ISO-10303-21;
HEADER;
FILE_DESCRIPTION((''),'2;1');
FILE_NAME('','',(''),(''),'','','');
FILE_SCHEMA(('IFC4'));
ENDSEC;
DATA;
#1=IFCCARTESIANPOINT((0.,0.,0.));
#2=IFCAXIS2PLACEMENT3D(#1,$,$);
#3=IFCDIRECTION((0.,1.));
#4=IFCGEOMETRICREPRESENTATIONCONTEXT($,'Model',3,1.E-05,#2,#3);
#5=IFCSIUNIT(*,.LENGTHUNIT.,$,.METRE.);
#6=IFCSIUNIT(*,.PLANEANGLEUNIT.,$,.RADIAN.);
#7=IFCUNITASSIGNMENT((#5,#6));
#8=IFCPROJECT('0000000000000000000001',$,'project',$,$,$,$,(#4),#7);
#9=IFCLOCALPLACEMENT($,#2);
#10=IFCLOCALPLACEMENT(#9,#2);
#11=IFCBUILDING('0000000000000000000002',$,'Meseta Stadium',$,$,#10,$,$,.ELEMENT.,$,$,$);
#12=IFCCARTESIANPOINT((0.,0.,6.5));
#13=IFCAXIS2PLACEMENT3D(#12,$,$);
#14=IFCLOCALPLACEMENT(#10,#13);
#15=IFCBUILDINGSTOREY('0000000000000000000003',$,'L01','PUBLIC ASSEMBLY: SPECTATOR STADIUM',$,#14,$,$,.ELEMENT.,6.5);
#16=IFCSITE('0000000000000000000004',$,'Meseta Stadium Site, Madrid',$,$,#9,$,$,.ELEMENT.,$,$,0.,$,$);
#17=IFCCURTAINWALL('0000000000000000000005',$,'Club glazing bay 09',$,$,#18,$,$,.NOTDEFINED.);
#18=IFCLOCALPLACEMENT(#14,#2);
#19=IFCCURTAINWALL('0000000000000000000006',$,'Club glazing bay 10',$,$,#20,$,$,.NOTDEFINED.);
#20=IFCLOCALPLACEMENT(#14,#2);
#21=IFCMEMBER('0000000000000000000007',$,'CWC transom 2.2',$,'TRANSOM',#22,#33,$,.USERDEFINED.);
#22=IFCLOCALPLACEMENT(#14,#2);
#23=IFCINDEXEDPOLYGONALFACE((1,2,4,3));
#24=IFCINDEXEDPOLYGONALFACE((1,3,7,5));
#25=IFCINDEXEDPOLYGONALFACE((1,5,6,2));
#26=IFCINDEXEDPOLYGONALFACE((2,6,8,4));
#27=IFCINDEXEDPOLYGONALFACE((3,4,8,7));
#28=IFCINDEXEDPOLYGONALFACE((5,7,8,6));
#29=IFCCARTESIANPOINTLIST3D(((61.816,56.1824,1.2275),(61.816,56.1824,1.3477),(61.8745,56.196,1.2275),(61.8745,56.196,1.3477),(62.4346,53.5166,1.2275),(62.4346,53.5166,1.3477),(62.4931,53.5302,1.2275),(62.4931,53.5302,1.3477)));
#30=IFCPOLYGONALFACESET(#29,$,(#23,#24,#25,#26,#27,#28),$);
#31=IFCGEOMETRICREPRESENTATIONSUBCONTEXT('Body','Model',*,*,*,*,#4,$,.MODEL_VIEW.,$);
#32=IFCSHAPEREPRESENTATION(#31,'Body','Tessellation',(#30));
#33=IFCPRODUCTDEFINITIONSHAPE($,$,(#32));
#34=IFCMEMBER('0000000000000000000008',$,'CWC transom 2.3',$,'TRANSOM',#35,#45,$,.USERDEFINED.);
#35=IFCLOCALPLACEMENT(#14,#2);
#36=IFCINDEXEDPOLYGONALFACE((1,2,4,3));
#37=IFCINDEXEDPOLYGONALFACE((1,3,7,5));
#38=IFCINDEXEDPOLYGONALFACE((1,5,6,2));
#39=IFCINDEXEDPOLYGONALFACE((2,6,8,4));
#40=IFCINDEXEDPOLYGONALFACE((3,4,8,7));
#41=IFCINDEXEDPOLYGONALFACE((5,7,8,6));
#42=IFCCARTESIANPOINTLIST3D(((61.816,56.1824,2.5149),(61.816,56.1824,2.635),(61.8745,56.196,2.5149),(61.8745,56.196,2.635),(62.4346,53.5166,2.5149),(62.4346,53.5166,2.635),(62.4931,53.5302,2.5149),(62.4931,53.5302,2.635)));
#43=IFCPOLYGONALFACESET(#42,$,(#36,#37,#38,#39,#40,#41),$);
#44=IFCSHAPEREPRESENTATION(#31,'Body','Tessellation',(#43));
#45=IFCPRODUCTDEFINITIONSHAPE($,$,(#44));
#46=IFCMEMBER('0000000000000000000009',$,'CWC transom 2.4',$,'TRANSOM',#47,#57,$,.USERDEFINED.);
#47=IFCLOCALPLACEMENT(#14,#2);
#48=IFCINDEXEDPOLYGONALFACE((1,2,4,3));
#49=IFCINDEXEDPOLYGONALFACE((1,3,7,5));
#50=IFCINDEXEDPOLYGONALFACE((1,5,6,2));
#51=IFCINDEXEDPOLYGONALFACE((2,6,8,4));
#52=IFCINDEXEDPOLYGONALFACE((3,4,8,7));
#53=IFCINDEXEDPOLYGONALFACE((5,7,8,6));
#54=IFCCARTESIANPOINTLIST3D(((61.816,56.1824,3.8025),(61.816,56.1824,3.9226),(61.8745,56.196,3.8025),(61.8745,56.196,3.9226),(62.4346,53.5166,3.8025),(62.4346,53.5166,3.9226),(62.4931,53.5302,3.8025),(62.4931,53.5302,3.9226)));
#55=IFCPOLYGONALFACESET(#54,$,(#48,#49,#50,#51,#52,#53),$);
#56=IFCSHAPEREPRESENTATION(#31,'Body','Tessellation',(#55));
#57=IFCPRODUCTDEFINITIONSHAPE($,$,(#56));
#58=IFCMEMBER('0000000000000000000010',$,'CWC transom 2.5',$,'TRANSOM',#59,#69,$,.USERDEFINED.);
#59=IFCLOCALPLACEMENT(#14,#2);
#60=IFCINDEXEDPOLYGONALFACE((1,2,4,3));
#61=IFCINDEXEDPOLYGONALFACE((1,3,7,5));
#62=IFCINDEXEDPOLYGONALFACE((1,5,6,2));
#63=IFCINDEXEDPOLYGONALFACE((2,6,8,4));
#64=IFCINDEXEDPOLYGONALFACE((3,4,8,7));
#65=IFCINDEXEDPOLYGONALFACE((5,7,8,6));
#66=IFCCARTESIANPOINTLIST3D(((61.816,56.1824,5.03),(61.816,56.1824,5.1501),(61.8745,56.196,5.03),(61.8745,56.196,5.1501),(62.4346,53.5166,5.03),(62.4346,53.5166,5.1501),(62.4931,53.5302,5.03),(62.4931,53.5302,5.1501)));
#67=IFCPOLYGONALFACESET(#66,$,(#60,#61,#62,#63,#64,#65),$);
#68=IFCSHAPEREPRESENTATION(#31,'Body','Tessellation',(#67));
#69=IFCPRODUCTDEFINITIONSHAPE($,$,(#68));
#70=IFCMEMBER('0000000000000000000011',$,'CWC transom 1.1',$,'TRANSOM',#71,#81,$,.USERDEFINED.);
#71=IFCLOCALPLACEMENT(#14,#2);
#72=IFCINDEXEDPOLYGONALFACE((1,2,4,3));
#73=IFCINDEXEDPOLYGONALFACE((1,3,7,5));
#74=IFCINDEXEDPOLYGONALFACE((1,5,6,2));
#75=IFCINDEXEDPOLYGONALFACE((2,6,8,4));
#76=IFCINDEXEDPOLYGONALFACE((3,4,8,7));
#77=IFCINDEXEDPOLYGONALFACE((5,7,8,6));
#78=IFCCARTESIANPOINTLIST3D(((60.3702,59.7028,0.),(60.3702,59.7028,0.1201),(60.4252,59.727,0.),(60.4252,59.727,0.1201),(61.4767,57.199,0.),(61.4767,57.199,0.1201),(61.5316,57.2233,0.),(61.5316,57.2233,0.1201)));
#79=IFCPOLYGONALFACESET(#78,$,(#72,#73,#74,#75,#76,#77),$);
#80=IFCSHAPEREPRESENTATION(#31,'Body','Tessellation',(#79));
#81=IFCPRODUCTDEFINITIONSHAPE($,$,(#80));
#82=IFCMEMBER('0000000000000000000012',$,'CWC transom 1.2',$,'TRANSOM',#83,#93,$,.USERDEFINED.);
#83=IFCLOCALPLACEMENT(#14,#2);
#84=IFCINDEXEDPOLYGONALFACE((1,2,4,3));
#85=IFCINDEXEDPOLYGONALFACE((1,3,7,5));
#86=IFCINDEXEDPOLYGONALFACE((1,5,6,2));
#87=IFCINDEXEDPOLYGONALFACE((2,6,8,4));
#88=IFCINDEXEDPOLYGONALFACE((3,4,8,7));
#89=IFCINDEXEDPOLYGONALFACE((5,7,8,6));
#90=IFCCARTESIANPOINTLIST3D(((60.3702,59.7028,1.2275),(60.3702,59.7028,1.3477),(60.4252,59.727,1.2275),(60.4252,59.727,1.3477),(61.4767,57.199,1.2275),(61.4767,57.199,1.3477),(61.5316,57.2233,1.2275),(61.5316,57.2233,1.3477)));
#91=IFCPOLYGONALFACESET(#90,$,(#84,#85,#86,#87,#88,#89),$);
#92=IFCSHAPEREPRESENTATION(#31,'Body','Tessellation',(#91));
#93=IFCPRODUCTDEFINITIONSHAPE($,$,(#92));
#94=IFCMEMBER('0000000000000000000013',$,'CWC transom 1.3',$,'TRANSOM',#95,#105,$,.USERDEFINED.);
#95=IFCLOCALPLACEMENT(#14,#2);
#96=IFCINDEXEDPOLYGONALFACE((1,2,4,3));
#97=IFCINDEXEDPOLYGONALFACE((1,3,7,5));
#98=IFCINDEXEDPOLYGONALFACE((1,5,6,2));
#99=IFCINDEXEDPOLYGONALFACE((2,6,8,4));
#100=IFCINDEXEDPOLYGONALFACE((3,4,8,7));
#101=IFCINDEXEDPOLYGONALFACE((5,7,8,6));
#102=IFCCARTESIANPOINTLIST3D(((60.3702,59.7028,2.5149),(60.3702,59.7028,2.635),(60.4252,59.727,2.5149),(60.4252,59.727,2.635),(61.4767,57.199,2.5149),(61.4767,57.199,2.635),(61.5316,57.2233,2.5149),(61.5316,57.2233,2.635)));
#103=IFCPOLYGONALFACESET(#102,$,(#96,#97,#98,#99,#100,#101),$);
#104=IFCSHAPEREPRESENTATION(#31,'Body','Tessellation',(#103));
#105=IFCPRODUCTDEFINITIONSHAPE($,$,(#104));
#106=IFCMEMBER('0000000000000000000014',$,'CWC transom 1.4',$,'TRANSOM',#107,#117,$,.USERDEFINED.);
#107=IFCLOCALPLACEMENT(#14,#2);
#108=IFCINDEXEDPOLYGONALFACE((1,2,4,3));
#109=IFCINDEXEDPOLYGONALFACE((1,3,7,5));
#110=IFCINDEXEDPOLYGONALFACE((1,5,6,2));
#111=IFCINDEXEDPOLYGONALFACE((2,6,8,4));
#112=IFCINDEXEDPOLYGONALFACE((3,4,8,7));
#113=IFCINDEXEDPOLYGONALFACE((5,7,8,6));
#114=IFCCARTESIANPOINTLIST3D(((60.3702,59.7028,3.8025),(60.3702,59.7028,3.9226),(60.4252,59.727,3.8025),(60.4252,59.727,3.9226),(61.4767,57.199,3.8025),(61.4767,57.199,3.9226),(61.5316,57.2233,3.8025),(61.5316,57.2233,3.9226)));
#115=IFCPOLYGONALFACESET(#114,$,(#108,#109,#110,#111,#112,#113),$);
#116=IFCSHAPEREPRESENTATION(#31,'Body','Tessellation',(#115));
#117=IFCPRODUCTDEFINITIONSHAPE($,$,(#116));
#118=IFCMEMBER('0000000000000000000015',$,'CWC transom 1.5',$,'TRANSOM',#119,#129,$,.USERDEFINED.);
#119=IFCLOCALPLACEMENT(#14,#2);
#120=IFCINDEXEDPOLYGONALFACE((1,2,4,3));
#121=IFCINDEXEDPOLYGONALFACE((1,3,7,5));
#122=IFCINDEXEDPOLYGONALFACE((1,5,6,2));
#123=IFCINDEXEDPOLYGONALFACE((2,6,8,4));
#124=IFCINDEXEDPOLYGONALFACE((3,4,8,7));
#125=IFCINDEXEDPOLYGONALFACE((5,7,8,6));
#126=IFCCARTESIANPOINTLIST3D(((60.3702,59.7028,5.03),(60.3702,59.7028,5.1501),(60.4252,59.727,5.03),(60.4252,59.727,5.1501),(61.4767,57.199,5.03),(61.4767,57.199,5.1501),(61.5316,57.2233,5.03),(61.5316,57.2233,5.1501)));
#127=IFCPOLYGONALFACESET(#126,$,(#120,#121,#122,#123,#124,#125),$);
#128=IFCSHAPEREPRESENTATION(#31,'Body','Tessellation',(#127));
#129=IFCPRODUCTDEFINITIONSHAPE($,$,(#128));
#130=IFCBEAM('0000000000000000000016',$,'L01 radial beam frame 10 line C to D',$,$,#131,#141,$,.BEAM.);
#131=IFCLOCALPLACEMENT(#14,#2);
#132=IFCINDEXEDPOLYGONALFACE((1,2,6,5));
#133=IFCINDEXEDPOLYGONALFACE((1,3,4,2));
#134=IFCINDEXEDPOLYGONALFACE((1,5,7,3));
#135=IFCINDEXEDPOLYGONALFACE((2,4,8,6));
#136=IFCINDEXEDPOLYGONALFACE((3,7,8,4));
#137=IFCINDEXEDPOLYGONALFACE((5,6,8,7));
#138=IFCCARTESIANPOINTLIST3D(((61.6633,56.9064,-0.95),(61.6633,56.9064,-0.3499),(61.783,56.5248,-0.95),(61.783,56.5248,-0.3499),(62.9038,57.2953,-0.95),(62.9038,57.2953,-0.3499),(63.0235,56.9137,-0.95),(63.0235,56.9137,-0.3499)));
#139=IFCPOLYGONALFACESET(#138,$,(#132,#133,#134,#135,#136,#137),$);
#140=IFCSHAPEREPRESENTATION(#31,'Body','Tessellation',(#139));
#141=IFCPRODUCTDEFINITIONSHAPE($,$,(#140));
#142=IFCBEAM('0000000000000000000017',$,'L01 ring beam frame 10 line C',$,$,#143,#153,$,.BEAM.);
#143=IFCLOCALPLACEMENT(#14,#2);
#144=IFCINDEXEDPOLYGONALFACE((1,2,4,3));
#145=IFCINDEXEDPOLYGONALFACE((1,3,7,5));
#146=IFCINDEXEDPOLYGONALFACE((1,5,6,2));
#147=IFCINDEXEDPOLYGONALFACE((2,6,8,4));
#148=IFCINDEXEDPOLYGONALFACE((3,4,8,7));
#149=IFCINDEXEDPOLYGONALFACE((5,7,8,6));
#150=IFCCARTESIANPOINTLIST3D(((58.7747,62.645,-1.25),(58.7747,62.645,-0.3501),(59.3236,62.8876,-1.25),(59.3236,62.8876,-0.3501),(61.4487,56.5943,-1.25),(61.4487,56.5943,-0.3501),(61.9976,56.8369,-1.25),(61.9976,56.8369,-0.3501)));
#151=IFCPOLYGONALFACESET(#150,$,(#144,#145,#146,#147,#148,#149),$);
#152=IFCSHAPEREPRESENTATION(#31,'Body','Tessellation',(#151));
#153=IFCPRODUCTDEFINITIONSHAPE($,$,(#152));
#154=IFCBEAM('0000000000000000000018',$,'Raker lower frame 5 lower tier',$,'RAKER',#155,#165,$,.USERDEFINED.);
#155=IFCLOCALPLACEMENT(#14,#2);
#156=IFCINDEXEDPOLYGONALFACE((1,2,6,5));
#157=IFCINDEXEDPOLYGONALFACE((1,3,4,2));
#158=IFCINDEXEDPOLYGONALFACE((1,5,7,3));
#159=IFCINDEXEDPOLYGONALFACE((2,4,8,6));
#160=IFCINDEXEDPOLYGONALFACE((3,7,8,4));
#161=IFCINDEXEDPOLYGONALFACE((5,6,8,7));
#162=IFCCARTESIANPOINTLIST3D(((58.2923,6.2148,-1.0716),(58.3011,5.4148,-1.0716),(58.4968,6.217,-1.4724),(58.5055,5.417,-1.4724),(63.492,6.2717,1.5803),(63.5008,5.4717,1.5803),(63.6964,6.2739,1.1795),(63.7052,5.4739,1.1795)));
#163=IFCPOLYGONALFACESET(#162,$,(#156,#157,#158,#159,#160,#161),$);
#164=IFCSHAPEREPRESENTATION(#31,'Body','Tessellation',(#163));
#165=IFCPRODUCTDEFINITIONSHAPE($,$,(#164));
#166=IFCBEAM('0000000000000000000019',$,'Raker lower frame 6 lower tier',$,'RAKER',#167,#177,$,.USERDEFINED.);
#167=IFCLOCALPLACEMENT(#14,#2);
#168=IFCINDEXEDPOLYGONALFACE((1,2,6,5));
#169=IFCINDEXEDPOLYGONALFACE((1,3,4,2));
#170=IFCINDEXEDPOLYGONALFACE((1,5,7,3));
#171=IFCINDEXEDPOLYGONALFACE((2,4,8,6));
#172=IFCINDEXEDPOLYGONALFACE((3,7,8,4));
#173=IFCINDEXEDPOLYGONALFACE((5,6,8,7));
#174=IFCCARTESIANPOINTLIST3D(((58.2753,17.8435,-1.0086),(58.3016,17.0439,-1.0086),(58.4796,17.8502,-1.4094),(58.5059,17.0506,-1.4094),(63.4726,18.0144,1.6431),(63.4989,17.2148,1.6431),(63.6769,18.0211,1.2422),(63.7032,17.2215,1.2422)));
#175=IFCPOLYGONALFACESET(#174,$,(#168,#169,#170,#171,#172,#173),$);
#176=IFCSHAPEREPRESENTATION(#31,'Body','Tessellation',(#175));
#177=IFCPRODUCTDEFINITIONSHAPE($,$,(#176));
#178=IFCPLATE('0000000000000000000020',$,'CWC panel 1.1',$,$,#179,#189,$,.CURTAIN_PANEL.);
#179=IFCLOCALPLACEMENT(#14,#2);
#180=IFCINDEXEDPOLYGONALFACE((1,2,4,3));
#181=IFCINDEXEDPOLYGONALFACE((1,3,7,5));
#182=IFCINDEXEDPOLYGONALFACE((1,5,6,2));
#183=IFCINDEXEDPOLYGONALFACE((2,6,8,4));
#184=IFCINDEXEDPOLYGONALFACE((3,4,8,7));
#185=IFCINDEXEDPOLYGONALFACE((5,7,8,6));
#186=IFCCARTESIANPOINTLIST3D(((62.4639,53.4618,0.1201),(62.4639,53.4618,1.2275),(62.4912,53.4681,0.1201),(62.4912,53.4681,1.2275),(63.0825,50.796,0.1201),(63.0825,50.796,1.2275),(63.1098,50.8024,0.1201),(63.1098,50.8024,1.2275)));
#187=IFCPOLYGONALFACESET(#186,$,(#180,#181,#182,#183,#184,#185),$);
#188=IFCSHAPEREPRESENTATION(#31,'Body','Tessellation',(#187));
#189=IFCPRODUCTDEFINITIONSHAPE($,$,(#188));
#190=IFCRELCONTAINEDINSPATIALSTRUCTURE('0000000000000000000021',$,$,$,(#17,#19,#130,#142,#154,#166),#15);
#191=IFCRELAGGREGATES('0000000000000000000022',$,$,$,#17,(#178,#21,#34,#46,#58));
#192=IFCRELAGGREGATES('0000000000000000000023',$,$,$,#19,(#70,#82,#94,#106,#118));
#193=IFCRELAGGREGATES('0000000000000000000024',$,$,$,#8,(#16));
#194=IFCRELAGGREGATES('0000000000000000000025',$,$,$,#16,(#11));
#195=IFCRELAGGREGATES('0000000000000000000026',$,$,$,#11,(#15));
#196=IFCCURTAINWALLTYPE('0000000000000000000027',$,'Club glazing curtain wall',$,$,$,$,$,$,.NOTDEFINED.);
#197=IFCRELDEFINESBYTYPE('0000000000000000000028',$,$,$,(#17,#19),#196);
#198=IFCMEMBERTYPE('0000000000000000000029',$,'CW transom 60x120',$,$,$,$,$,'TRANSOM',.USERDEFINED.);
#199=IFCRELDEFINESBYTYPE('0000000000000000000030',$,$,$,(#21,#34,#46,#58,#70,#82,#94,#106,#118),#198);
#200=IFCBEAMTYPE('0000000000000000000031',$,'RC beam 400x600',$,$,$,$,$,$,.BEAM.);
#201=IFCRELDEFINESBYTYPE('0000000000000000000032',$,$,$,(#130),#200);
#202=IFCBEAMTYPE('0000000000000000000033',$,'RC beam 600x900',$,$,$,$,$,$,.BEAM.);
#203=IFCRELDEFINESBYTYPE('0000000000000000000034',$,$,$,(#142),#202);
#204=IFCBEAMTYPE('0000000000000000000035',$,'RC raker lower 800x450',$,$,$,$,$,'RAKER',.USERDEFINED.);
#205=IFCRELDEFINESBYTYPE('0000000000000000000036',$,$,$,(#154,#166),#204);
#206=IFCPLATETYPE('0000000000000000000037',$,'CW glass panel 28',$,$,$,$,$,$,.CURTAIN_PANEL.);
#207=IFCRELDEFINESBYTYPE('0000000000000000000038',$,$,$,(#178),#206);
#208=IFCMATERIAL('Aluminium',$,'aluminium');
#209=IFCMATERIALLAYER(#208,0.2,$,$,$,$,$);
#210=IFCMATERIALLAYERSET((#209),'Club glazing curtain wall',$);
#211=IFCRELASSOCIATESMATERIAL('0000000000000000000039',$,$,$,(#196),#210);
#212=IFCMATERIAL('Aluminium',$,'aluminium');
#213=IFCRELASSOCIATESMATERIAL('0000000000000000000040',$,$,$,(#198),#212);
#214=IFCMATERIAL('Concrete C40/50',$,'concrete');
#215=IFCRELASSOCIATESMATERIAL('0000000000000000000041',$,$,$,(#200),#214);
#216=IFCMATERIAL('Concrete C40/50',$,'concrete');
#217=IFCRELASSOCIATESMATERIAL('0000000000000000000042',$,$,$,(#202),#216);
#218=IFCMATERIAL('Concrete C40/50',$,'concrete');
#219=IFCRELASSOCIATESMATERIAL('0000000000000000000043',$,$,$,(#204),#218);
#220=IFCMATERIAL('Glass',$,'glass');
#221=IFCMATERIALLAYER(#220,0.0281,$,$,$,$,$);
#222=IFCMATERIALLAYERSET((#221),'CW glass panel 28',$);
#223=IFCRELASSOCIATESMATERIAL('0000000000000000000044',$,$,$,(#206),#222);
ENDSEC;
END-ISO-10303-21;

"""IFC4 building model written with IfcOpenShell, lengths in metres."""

from ifc_helpers import new_model, si_unit, direction, frame, origin, origin_2d, place, context, subcontext, project, spatial, rectangle, extrude, material, layer, layer_set, material_profile, profile_set, type_object, element, aggregate, save


model = new_model("IFC4")

# Units and contexts
model_context = context("Model", 3, precision=1e-05, world=origin(), true_north=direction((0.0, 1.0)))
body_context = subcontext(model_context, "Body", "Model", "MODEL_VIEW")
ifc_project = project(units=[si_unit("LENGTHUNIT", "METRE"), si_unit("PLANEANGLEUNIT", "RADIAN")], contexts=[model_context])

# Site, building, storey
site_placement = place(None, origin())
site = spatial("IfcSite", under=ifc_project, at=site_placement, Name="Meseta Stadium Site, Madrid", CompositionType="ELEMENT", RefElevation=0.0)
building_placement = place(site_placement, origin())
building = spatial("IfcBuilding", under=site, at=building_placement, Name="Meseta Stadium", CompositionType="ELEMENT")
storey_placement = place(building_placement, frame((0.0, 0.0, 6.5)))
storey = spatial("IfcBuildingStorey", under=building, at=storey_placement, Name="L01", Description="PUBLIC ASSEMBLY: SPECTATOR STADIUM", CompositionType="ELEMENT", Elevation=6.5)

# Curtain wall
ifc_material_1 = material(Name="Aluminium", Category="aluminium")
ifc_layer_1 = layer(ifc_material_1, 0.2)
ifc_layer_set_1 = layer_set([ifc_layer_1], Name="Club glazing curtain wall")
curtain_wall_type = type_object("IfcCurtainWallType", Name="Club glazing curtain wall", PredefinedType="NOTDEFINED", material=ifc_layer_set_1)
curtain_wall_1_placement = place(storey_placement, origin())
curtain_wall_1 = element("IfcCurtainWall", 1, at=curtain_wall_1_placement, inside=storey, type_object=curtain_wall_type, Name="Club glazing bay 09", PredefinedType="NOTDEFINED")

# Curtain wall
curtain_wall_2_placement = place(storey_placement, origin())
curtain_wall_2 = element("IfcCurtainWall", 2, at=curtain_wall_2_placement, inside=storey, type_object=curtain_wall_type, Name="Club glazing bay 10", PredefinedType="NOTDEFINED")

# Members
ifc_material_2 = material(Name="Aluminium", Category="aluminium")
ifc_material_profile_1 = material_profile(ifc_material_2, rectangle(XDim=0.0601, YDim=0.1201, at=origin_2d()), Name="CW 60x120")
ifc_profile_set_1 = profile_set([ifc_material_profile_1], Name="Aluminium")
member_type_1 = type_object("IfcMemberType", Name="CW transom 60x120", ElementType="TRANSOM", PredefinedType="USERDEFINED", material=ifc_profile_set_1)
member_1_placement = place(storey_placement, frame((62.4639, 53.5234, 1.2876), z_axis=(-0.226065, 0.974112, 0.0), x_axis=(-0.974112, -0.226065, 0.0)))
member_1 = element("IfcMember", 3, at=member_1_placement, type_object=member_type_1, Name="CWC transom 2.2", ObjectType="TRANSOM", PredefinedType="USERDEFINED", context=body_context, shape_type="SweptSolid", body=[
    extrude(rectangle(XDim=0.0601, YDim=0.1201, at=origin_2d()), origin(), (0.0, 0.0, 1.0), 2.7366),
])
member_2_placement = place(storey_placement, frame((62.4639, 53.5234, 2.575), z_axis=(-0.226065, 0.974112, 0.0), x_axis=(-0.974112, -0.226065, 0.0)))
member_2 = element("IfcMember", 4, at=member_2_placement, type_object=member_type_1, Name="CWC transom 2.3", ObjectType="TRANSOM", PredefinedType="USERDEFINED", context=body_context, shape_type="SweptSolid", body=[
    extrude(rectangle(XDim=0.0601, YDim=0.1201, at=origin_2d()), origin(), (0.0, 0.0, 1.0), 2.7366),
])
member_3_placement = place(storey_placement, frame((62.4639, 53.5234, 3.8625), z_axis=(-0.226065, 0.974112, 0.0), x_axis=(-0.974112, -0.226065, 0.0)))
member_3 = element("IfcMember", 5, at=member_3_placement, type_object=member_type_1, Name="CWC transom 2.4", ObjectType="TRANSOM", PredefinedType="USERDEFINED", context=body_context, shape_type="SweptSolid", body=[
    extrude(rectangle(XDim=0.0601, YDim=0.1201, at=origin_2d()), origin(), (0.0, 0.0, 1.0), 2.7366),
])
member_4_placement = place(storey_placement, frame((62.4639, 53.5234, 5.0901), z_axis=(-0.226065, 0.974112, 0.0), x_axis=(-0.974112, -0.226065, 0.0)))
member_4 = element("IfcMember", 6, at=member_4_placement, type_object=member_type_1, Name="CWC transom 2.5", ObjectType="TRANSOM", PredefinedType="USERDEFINED", context=body_context, shape_type="SweptSolid", body=[
    extrude(rectangle(XDim=0.0601, YDim=0.1201, at=origin_2d()), origin(), (0.0, 0.0, 1.0), 2.7366),
])
member_5_placement = place(storey_placement, frame((61.5042, 57.2112, 0.0601), z_axis=(-0.404218, 0.914663, 0.0), x_axis=(-0.914663, -0.404218, 0.0)))
member_5 = element("IfcMember", 7, at=member_5_placement, type_object=member_type_1, Name="CWC transom 1.1", ObjectType="TRANSOM", PredefinedType="USERDEFINED", context=body_context, shape_type="SweptSolid", body=[
    extrude(rectangle(XDim=0.0601, YDim=0.1201, at=origin_2d()), origin(), (0.0, 0.0, 1.0), 2.7373),
])
member_6_placement = place(storey_placement, frame((61.5042, 57.2112, 1.2876), z_axis=(-0.404218, 0.914663, 0.0), x_axis=(-0.914663, -0.404218, 0.0)))
member_6 = element("IfcMember", 8, at=member_6_placement, type_object=member_type_1, Name="CWC transom 1.2", ObjectType="TRANSOM", PredefinedType="USERDEFINED", context=body_context, shape_type="SweptSolid", body=[
    extrude(rectangle(XDim=0.0601, YDim=0.1201, at=origin_2d()), origin(), (0.0, 0.0, 1.0), 2.7373),
])
member_7_placement = place(storey_placement, frame((61.5042, 57.2112, 2.575), z_axis=(-0.404218, 0.914663, 0.0), x_axis=(-0.914663, -0.404218, 0.0)))
member_7 = element("IfcMember", 9, at=member_7_placement, type_object=member_type_1, Name="CWC transom 1.3", ObjectType="TRANSOM", PredefinedType="USERDEFINED", context=body_context, shape_type="SweptSolid", body=[
    extrude(rectangle(XDim=0.0601, YDim=0.1201, at=origin_2d()), origin(), (0.0, 0.0, 1.0), 2.7373),
])
member_8_placement = place(storey_placement, frame((61.5042, 57.2112, 3.8625), z_axis=(-0.404218, 0.914663, 0.0), x_axis=(-0.914663, -0.404218, 0.0)))
member_8 = element("IfcMember", 10, at=member_8_placement, type_object=member_type_1, Name="CWC transom 1.4", ObjectType="TRANSOM", PredefinedType="USERDEFINED", context=body_context, shape_type="SweptSolid", body=[
    extrude(rectangle(XDim=0.0601, YDim=0.1201, at=origin_2d()), origin(), (0.0, 0.0, 1.0), 2.7373),
])
member_9_placement = place(storey_placement, frame((61.5042, 57.2112, 5.0901), z_axis=(-0.404218, 0.914663, 0.0), x_axis=(-0.914663, -0.404218, 0.0)))
member_9 = element("IfcMember", 11, at=member_9_placement, type_object=member_type_1, Name="CWC transom 1.5", ObjectType="TRANSOM", PredefinedType="USERDEFINED", context=body_context, shape_type="SweptSolid", body=[
    extrude(rectangle(XDim=0.0601, YDim=0.1201, at=origin_2d()), origin(), (0.0, 0.0, 1.0), 2.7373),
])

# Beams
ifc_material_3 = material(Name="Concrete C40/50", Category="concrete")
ifc_material_profile_2 = material_profile(ifc_material_3, rectangle(XDim=0.3999, YDim=0.6001, at=origin_2d()), Name="RC 400x600")
ifc_profile_set_2 = profile_set([ifc_material_profile_2], Name="Concrete C40/50")
beam_type_1 = type_object("IfcBeamType", Name="RC beam 400x600", PredefinedType="BEAM", material=ifc_profile_set_2)
beam_1_placement = place(storey_placement, frame((61.7231, 56.7156, -0.6499), z_axis=(0.954202, 0.299162, 0.0), x_axis=(-0.299162, 0.954202, 0.0)))
element("IfcBeam", 12, at=beam_1_placement, inside=storey, type_object=beam_type_1, Name="L01 radial beam frame 10 line C to D", PredefinedType="BEAM", context=body_context, shape_type="SweptSolid", body=[
    extrude(rectangle(XDim=0.3999, YDim=0.6001, at=origin_2d()), origin(), (0.0, 0.0, 1.0), 1.3),
])
ifc_material_4 = material(Name="Concrete C40/50", Category="concrete")
ifc_material_profile_3 = material_profile(ifc_material_4, rectangle(XDim=0.6001, YDim=0.8999, at=origin_2d()), Name="RC 600x900")
ifc_profile_set_3 = profile_set([ifc_material_profile_3], Name="Concrete C40/50")
beam_type_2 = type_object("IfcBeamType", Name="RC beam 600x900", PredefinedType="BEAM", material=ifc_profile_set_3)
beam_2_placement = place(storey_placement, frame((61.7231, 56.7156, -0.8), z_axis=(-0.404223, 0.91466, 0.0), x_axis=(-0.91466, -0.404223, 0.0)))
element("IfcBeam", 13, at=beam_2_placement, inside=storey, type_object=beam_type_2, Name="L01 ring beam frame 10 line C", PredefinedType="BEAM", context=body_context, shape_type="SweptSolid", body=[
    extrude(rectangle(XDim=0.6001, YDim=0.8999, at=origin_2d()), origin(), (0.0, 0.0, 1.0), 6.6152),
])
ifc_material_5 = material(Name="Concrete C40/50", Category="concrete")
ifc_material_profile_4 = material_profile(ifc_material_5, rectangle(XDim=0.8, YDim=0.45, at=origin_2d()), Name="RC 800x450")
ifc_profile_set_4 = profile_set([ifc_material_profile_4], Name="Concrete C40/50")
beam_type_3 = type_object("IfcBeamType", Name="RC raker lower 800x450", ElementType="RAKER", PredefinedType="USERDEFINED", material=ifc_profile_set_4)
for number, where, z_axis, x_axis, name in (
    (14, (58.3989, 5.8159, -1.272), (0.890793, 0.009745, 0.454305), (-0.010939, 0.99994, 0.0), "Raker lower frame 5 lower tier"),
    (15, (58.3906, 17.447, -1.209), (0.890384, 0.029278, 0.454268), (-0.032865, 0.99946, 0.0), "Raker lower frame 6 lower tier"),
):
    element("IfcBeam", number, at=place(storey_placement, frame(where, z_axis=z_axis, x_axis=x_axis)), inside=storey, type_object=beam_type_3, Name=name, ObjectType="RAKER", PredefinedType="USERDEFINED", context=body_context, shape_type="SweptSolid", body=[
        extrude(rectangle(XDim=0.8, YDim=0.45, at=origin_2d()), origin(), (0.0, 0.0, 1.0), 5.8372),
    ])

# Plate
ifc_material_6 = material(Name="Glass", Category="glass")
ifc_layer_2 = layer(ifc_material_6, 0.0281)
ifc_layer_set_2 = layer_set([ifc_layer_2], Name="CW glass panel 28")
plate_type = type_object("IfcPlateType", Name="CW glass panel 28", PredefinedType="CURTAIN_PANEL", material=ifc_layer_set_2)
plate_1_placement = place(storey_placement, frame((62.7869, 52.1321, 0.1201), z_axis=(0.0, 0.0, 1.0), x_axis=(-0.226048, 0.974116, 0.0)))
plate_1 = element("IfcPlate", 16, at=plate_1_placement, type_object=plate_type, Name="CWC panel 1.1", PredefinedType="CURTAIN_PANEL", context=body_context, shape_type="SweptSolid", body=[
    extrude(rectangle(XDim=2.7366, YDim=0.0281, at=origin_2d()), origin(), (0.0, 0.0, 1.0), 1.1074),
])
aggregate(curtain_wall_1, [plate_1, member_1, member_2, member_3, member_4])
aggregate(curtain_wall_2, [member_5, member_6, member_7, member_8, member_9])

save(model, "model.ifc")
